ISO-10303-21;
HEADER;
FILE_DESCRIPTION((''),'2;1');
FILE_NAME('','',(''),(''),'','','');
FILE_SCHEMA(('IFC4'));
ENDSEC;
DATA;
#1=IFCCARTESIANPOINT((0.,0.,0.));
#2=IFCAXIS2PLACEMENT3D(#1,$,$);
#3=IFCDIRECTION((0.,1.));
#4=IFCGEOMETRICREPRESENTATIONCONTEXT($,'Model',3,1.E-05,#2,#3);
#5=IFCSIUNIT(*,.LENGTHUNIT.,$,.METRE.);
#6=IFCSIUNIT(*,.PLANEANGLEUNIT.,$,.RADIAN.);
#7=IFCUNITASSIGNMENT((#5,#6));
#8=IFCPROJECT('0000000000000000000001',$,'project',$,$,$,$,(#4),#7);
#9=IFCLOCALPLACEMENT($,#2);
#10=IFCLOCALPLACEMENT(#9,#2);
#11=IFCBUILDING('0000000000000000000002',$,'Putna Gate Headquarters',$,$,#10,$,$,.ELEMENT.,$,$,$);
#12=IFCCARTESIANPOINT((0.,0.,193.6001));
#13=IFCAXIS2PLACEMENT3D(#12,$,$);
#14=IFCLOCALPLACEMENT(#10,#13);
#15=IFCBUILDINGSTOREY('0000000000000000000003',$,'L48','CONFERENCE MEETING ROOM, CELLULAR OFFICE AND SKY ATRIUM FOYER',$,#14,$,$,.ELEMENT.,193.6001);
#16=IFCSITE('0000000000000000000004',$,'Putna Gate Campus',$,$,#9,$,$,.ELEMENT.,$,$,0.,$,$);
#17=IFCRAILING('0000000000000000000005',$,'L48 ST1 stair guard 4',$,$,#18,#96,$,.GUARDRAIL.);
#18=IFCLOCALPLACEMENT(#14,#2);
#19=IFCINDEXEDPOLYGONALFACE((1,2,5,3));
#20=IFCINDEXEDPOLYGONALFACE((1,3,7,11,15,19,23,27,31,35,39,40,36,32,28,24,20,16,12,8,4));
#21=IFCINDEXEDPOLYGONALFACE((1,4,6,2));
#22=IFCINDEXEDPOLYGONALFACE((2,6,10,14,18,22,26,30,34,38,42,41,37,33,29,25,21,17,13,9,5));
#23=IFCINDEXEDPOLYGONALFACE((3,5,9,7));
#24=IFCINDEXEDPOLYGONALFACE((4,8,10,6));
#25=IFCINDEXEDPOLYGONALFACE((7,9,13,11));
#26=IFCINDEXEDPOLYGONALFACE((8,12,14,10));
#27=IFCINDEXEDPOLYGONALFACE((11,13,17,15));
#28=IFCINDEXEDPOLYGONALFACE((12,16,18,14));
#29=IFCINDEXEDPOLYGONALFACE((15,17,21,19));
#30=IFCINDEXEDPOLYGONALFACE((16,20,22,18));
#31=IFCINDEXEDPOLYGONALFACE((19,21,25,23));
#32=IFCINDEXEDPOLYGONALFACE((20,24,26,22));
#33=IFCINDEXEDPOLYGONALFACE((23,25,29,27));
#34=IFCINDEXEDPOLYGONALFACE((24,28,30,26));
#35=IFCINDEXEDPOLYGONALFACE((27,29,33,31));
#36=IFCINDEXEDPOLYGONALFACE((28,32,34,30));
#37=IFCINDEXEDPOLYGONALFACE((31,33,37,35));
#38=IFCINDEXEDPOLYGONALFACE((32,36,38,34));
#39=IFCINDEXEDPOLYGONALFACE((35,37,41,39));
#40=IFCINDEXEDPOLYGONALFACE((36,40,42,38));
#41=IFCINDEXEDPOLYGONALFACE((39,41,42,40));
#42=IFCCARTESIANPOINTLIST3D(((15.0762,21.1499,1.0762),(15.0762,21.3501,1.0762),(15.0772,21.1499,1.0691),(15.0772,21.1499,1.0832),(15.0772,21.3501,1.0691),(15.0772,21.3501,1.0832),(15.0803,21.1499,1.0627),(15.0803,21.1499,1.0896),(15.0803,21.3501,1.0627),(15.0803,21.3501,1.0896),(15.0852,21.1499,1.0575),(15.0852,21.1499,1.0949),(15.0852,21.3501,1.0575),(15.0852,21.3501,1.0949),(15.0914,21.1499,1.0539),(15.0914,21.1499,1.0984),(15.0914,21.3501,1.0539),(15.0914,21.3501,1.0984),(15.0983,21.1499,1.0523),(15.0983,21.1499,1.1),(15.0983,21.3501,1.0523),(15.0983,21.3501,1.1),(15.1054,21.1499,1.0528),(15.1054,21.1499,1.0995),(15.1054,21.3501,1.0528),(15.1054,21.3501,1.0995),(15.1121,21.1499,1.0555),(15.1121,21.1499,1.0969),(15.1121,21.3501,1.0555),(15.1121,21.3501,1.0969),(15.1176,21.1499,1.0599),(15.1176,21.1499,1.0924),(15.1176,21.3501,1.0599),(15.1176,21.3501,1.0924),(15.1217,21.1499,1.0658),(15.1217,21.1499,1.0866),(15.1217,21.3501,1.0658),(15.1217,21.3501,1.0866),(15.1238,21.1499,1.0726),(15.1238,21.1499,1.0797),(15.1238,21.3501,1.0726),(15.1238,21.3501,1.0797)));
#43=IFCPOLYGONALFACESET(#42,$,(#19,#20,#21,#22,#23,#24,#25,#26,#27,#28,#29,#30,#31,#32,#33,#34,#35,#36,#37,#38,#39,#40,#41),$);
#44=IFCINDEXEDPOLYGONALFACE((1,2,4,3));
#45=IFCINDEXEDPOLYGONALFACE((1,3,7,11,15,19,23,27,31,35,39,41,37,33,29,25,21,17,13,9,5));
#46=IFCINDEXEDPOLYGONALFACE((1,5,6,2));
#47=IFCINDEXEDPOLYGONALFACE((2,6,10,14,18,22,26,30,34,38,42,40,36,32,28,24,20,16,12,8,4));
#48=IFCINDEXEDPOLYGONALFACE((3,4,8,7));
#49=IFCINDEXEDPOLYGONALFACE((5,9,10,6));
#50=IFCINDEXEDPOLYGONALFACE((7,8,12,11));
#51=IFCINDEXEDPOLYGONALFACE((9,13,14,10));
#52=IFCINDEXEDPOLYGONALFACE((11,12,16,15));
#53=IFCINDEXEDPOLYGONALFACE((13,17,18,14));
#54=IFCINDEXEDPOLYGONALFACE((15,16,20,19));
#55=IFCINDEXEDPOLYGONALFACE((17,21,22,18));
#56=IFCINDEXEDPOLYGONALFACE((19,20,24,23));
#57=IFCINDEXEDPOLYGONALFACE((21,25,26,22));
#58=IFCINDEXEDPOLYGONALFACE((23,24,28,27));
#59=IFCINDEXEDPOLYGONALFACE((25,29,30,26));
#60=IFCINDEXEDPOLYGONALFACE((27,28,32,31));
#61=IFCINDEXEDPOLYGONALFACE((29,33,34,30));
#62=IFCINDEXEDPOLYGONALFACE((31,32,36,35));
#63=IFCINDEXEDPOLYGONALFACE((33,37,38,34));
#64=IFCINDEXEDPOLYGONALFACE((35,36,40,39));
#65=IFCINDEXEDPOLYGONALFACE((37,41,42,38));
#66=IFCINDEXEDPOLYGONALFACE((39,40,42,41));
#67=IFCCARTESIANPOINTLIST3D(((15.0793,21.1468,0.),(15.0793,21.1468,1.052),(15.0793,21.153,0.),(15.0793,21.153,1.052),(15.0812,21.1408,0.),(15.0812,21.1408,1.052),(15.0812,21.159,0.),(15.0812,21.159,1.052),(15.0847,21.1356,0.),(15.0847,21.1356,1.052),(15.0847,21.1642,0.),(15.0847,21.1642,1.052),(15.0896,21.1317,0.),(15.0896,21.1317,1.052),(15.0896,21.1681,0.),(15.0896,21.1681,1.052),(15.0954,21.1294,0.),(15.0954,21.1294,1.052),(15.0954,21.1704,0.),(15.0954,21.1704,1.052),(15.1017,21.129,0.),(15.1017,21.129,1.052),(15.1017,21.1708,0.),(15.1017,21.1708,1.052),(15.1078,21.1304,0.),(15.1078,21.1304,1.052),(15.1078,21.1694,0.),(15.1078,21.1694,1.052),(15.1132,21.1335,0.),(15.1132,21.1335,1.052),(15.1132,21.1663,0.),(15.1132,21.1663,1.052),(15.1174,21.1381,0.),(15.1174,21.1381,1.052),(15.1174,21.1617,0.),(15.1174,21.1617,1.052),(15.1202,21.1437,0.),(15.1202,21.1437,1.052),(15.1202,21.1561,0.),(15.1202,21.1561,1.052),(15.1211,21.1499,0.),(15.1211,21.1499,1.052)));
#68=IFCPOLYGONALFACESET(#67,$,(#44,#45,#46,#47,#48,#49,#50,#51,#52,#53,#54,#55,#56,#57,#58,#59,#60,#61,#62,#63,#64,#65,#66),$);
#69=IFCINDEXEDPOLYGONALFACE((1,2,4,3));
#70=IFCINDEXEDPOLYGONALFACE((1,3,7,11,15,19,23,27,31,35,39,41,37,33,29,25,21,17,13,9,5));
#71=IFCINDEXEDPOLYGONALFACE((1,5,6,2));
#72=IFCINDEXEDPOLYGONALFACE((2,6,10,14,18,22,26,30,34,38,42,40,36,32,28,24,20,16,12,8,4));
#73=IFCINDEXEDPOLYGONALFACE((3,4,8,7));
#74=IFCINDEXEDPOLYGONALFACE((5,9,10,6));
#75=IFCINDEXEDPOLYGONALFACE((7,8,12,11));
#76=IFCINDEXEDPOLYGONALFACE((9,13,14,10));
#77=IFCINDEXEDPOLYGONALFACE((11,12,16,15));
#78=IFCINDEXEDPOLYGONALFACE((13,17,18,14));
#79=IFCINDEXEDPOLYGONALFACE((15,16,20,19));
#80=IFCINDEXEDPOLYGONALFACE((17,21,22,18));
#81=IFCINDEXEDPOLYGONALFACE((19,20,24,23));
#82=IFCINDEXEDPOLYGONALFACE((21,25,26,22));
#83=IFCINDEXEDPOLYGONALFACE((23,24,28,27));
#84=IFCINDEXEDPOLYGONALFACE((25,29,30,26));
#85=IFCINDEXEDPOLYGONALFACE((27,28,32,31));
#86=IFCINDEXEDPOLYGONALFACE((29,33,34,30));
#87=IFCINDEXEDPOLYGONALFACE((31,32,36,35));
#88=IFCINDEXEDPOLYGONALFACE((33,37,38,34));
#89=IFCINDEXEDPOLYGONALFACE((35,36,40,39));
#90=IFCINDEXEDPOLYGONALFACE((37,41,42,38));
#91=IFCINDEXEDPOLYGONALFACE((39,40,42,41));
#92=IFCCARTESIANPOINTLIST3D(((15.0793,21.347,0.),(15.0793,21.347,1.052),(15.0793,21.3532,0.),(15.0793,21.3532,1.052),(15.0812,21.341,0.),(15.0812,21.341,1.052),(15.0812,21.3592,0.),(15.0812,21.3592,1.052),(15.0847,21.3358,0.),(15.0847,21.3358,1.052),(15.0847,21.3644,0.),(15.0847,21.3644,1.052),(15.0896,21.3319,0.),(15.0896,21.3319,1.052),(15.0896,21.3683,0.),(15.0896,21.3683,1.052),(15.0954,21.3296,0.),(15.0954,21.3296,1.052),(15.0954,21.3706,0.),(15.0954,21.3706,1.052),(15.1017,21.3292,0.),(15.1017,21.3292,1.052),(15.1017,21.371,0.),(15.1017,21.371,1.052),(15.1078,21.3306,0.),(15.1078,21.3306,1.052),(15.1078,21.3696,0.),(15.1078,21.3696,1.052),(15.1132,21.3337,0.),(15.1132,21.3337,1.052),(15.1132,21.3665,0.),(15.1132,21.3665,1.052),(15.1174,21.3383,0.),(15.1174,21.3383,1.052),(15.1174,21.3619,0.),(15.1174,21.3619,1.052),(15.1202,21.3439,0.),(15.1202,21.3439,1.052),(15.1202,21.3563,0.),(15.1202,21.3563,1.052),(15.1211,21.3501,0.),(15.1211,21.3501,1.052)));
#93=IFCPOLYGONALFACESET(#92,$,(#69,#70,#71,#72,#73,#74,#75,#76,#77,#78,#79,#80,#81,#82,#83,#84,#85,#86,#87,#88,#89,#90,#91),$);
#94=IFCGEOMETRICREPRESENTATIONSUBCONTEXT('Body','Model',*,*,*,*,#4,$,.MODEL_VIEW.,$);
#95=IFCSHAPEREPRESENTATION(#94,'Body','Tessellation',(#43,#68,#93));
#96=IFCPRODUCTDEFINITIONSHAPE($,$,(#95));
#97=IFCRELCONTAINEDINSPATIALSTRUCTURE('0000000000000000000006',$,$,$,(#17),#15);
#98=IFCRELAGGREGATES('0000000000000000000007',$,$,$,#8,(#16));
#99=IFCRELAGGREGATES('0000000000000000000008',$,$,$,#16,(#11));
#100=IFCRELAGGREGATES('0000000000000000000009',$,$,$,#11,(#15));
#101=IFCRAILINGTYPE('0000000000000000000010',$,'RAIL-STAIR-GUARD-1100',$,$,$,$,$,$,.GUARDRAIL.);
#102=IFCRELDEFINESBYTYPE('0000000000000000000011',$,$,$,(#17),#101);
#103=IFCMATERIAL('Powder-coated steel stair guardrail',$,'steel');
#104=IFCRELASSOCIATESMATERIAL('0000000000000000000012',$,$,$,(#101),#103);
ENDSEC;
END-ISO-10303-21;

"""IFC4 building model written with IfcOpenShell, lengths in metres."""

from ifc_helpers import new_model, si_unit, direction, frame, origin, origin_2d, place, context, subcontext, project, spatial, circle, extrude, material, type_object, element, save


model = new_model("IFC4")

# Units and contexts
model_context = context("Model", 3, precision=1e-05, world=origin(), true_north=direction((0.0, 1.0)))
body_context = subcontext(model_context, "Body", "Model", "MODEL_VIEW")
ifc_project = project(units=[si_unit("LENGTHUNIT", "METRE"), si_unit("PLANEANGLEUNIT", "RADIAN")], contexts=[model_context])

# Site, building, storey
site_placement = place(None, origin())
site = spatial("IfcSite", under=ifc_project, at=site_placement, Name="Putna Gate Campus", CompositionType="ELEMENT", RefElevation=0.0)
building_placement = place(site_placement, origin())
building = spatial("IfcBuilding", under=site, at=building_placement, Name="Putna Gate Headquarters", CompositionType="ELEMENT")
storey_placement = place(building_placement, frame((0.0, 0.0, 193.6001)))
storey = spatial("IfcBuildingStorey", under=building, at=storey_placement, Name="L48", Description="CONFERENCE MEETING ROOM, CELLULAR OFFICE AND SKY ATRIUM FOYER", CompositionType="ELEMENT", Elevation=193.6001)

# Railing
ifc_material_1 = material(Name="Powder-coated steel stair guardrail", Category="steel")
railing_type_1 = type_object("IfcRailingType", Name="RAIL-STAIR-GUARD-1100", PredefinedType="GUARDRAIL", material=ifc_material_1)
railing_1_placement = place(storey_placement, frame((15.1001, 21.1499, 0.0)))
element("IfcRailing", 1, at=railing_1_placement, inside=storey, type_object=railing_type_1, Name="L48 ST1 stair guard 4", PredefinedType="GUARDRAIL", context=body_context, shape_type="SweptSolid", body=[
    extrude(circle(Radius=0.0239, at=origin_2d()), frame((0.0, 0.0, 1.0762), z_axis=(0.0, 1.0, 0.0), x_axis=(-1.0, 0.0, 0.0)), (0.0, 0.0, 1.0), 0.2002),
    extrude(circle(Radius=0.021, at=origin_2d()), origin(), (0.0, 0.0, 1.0), 1.052),
    extrude(circle(Radius=0.021, at=origin_2d()), frame((0.0, 0.2002, 0.0)), (0.0, 0.0, 1.0), 1.052),
])

save(model, "model.ifc")
